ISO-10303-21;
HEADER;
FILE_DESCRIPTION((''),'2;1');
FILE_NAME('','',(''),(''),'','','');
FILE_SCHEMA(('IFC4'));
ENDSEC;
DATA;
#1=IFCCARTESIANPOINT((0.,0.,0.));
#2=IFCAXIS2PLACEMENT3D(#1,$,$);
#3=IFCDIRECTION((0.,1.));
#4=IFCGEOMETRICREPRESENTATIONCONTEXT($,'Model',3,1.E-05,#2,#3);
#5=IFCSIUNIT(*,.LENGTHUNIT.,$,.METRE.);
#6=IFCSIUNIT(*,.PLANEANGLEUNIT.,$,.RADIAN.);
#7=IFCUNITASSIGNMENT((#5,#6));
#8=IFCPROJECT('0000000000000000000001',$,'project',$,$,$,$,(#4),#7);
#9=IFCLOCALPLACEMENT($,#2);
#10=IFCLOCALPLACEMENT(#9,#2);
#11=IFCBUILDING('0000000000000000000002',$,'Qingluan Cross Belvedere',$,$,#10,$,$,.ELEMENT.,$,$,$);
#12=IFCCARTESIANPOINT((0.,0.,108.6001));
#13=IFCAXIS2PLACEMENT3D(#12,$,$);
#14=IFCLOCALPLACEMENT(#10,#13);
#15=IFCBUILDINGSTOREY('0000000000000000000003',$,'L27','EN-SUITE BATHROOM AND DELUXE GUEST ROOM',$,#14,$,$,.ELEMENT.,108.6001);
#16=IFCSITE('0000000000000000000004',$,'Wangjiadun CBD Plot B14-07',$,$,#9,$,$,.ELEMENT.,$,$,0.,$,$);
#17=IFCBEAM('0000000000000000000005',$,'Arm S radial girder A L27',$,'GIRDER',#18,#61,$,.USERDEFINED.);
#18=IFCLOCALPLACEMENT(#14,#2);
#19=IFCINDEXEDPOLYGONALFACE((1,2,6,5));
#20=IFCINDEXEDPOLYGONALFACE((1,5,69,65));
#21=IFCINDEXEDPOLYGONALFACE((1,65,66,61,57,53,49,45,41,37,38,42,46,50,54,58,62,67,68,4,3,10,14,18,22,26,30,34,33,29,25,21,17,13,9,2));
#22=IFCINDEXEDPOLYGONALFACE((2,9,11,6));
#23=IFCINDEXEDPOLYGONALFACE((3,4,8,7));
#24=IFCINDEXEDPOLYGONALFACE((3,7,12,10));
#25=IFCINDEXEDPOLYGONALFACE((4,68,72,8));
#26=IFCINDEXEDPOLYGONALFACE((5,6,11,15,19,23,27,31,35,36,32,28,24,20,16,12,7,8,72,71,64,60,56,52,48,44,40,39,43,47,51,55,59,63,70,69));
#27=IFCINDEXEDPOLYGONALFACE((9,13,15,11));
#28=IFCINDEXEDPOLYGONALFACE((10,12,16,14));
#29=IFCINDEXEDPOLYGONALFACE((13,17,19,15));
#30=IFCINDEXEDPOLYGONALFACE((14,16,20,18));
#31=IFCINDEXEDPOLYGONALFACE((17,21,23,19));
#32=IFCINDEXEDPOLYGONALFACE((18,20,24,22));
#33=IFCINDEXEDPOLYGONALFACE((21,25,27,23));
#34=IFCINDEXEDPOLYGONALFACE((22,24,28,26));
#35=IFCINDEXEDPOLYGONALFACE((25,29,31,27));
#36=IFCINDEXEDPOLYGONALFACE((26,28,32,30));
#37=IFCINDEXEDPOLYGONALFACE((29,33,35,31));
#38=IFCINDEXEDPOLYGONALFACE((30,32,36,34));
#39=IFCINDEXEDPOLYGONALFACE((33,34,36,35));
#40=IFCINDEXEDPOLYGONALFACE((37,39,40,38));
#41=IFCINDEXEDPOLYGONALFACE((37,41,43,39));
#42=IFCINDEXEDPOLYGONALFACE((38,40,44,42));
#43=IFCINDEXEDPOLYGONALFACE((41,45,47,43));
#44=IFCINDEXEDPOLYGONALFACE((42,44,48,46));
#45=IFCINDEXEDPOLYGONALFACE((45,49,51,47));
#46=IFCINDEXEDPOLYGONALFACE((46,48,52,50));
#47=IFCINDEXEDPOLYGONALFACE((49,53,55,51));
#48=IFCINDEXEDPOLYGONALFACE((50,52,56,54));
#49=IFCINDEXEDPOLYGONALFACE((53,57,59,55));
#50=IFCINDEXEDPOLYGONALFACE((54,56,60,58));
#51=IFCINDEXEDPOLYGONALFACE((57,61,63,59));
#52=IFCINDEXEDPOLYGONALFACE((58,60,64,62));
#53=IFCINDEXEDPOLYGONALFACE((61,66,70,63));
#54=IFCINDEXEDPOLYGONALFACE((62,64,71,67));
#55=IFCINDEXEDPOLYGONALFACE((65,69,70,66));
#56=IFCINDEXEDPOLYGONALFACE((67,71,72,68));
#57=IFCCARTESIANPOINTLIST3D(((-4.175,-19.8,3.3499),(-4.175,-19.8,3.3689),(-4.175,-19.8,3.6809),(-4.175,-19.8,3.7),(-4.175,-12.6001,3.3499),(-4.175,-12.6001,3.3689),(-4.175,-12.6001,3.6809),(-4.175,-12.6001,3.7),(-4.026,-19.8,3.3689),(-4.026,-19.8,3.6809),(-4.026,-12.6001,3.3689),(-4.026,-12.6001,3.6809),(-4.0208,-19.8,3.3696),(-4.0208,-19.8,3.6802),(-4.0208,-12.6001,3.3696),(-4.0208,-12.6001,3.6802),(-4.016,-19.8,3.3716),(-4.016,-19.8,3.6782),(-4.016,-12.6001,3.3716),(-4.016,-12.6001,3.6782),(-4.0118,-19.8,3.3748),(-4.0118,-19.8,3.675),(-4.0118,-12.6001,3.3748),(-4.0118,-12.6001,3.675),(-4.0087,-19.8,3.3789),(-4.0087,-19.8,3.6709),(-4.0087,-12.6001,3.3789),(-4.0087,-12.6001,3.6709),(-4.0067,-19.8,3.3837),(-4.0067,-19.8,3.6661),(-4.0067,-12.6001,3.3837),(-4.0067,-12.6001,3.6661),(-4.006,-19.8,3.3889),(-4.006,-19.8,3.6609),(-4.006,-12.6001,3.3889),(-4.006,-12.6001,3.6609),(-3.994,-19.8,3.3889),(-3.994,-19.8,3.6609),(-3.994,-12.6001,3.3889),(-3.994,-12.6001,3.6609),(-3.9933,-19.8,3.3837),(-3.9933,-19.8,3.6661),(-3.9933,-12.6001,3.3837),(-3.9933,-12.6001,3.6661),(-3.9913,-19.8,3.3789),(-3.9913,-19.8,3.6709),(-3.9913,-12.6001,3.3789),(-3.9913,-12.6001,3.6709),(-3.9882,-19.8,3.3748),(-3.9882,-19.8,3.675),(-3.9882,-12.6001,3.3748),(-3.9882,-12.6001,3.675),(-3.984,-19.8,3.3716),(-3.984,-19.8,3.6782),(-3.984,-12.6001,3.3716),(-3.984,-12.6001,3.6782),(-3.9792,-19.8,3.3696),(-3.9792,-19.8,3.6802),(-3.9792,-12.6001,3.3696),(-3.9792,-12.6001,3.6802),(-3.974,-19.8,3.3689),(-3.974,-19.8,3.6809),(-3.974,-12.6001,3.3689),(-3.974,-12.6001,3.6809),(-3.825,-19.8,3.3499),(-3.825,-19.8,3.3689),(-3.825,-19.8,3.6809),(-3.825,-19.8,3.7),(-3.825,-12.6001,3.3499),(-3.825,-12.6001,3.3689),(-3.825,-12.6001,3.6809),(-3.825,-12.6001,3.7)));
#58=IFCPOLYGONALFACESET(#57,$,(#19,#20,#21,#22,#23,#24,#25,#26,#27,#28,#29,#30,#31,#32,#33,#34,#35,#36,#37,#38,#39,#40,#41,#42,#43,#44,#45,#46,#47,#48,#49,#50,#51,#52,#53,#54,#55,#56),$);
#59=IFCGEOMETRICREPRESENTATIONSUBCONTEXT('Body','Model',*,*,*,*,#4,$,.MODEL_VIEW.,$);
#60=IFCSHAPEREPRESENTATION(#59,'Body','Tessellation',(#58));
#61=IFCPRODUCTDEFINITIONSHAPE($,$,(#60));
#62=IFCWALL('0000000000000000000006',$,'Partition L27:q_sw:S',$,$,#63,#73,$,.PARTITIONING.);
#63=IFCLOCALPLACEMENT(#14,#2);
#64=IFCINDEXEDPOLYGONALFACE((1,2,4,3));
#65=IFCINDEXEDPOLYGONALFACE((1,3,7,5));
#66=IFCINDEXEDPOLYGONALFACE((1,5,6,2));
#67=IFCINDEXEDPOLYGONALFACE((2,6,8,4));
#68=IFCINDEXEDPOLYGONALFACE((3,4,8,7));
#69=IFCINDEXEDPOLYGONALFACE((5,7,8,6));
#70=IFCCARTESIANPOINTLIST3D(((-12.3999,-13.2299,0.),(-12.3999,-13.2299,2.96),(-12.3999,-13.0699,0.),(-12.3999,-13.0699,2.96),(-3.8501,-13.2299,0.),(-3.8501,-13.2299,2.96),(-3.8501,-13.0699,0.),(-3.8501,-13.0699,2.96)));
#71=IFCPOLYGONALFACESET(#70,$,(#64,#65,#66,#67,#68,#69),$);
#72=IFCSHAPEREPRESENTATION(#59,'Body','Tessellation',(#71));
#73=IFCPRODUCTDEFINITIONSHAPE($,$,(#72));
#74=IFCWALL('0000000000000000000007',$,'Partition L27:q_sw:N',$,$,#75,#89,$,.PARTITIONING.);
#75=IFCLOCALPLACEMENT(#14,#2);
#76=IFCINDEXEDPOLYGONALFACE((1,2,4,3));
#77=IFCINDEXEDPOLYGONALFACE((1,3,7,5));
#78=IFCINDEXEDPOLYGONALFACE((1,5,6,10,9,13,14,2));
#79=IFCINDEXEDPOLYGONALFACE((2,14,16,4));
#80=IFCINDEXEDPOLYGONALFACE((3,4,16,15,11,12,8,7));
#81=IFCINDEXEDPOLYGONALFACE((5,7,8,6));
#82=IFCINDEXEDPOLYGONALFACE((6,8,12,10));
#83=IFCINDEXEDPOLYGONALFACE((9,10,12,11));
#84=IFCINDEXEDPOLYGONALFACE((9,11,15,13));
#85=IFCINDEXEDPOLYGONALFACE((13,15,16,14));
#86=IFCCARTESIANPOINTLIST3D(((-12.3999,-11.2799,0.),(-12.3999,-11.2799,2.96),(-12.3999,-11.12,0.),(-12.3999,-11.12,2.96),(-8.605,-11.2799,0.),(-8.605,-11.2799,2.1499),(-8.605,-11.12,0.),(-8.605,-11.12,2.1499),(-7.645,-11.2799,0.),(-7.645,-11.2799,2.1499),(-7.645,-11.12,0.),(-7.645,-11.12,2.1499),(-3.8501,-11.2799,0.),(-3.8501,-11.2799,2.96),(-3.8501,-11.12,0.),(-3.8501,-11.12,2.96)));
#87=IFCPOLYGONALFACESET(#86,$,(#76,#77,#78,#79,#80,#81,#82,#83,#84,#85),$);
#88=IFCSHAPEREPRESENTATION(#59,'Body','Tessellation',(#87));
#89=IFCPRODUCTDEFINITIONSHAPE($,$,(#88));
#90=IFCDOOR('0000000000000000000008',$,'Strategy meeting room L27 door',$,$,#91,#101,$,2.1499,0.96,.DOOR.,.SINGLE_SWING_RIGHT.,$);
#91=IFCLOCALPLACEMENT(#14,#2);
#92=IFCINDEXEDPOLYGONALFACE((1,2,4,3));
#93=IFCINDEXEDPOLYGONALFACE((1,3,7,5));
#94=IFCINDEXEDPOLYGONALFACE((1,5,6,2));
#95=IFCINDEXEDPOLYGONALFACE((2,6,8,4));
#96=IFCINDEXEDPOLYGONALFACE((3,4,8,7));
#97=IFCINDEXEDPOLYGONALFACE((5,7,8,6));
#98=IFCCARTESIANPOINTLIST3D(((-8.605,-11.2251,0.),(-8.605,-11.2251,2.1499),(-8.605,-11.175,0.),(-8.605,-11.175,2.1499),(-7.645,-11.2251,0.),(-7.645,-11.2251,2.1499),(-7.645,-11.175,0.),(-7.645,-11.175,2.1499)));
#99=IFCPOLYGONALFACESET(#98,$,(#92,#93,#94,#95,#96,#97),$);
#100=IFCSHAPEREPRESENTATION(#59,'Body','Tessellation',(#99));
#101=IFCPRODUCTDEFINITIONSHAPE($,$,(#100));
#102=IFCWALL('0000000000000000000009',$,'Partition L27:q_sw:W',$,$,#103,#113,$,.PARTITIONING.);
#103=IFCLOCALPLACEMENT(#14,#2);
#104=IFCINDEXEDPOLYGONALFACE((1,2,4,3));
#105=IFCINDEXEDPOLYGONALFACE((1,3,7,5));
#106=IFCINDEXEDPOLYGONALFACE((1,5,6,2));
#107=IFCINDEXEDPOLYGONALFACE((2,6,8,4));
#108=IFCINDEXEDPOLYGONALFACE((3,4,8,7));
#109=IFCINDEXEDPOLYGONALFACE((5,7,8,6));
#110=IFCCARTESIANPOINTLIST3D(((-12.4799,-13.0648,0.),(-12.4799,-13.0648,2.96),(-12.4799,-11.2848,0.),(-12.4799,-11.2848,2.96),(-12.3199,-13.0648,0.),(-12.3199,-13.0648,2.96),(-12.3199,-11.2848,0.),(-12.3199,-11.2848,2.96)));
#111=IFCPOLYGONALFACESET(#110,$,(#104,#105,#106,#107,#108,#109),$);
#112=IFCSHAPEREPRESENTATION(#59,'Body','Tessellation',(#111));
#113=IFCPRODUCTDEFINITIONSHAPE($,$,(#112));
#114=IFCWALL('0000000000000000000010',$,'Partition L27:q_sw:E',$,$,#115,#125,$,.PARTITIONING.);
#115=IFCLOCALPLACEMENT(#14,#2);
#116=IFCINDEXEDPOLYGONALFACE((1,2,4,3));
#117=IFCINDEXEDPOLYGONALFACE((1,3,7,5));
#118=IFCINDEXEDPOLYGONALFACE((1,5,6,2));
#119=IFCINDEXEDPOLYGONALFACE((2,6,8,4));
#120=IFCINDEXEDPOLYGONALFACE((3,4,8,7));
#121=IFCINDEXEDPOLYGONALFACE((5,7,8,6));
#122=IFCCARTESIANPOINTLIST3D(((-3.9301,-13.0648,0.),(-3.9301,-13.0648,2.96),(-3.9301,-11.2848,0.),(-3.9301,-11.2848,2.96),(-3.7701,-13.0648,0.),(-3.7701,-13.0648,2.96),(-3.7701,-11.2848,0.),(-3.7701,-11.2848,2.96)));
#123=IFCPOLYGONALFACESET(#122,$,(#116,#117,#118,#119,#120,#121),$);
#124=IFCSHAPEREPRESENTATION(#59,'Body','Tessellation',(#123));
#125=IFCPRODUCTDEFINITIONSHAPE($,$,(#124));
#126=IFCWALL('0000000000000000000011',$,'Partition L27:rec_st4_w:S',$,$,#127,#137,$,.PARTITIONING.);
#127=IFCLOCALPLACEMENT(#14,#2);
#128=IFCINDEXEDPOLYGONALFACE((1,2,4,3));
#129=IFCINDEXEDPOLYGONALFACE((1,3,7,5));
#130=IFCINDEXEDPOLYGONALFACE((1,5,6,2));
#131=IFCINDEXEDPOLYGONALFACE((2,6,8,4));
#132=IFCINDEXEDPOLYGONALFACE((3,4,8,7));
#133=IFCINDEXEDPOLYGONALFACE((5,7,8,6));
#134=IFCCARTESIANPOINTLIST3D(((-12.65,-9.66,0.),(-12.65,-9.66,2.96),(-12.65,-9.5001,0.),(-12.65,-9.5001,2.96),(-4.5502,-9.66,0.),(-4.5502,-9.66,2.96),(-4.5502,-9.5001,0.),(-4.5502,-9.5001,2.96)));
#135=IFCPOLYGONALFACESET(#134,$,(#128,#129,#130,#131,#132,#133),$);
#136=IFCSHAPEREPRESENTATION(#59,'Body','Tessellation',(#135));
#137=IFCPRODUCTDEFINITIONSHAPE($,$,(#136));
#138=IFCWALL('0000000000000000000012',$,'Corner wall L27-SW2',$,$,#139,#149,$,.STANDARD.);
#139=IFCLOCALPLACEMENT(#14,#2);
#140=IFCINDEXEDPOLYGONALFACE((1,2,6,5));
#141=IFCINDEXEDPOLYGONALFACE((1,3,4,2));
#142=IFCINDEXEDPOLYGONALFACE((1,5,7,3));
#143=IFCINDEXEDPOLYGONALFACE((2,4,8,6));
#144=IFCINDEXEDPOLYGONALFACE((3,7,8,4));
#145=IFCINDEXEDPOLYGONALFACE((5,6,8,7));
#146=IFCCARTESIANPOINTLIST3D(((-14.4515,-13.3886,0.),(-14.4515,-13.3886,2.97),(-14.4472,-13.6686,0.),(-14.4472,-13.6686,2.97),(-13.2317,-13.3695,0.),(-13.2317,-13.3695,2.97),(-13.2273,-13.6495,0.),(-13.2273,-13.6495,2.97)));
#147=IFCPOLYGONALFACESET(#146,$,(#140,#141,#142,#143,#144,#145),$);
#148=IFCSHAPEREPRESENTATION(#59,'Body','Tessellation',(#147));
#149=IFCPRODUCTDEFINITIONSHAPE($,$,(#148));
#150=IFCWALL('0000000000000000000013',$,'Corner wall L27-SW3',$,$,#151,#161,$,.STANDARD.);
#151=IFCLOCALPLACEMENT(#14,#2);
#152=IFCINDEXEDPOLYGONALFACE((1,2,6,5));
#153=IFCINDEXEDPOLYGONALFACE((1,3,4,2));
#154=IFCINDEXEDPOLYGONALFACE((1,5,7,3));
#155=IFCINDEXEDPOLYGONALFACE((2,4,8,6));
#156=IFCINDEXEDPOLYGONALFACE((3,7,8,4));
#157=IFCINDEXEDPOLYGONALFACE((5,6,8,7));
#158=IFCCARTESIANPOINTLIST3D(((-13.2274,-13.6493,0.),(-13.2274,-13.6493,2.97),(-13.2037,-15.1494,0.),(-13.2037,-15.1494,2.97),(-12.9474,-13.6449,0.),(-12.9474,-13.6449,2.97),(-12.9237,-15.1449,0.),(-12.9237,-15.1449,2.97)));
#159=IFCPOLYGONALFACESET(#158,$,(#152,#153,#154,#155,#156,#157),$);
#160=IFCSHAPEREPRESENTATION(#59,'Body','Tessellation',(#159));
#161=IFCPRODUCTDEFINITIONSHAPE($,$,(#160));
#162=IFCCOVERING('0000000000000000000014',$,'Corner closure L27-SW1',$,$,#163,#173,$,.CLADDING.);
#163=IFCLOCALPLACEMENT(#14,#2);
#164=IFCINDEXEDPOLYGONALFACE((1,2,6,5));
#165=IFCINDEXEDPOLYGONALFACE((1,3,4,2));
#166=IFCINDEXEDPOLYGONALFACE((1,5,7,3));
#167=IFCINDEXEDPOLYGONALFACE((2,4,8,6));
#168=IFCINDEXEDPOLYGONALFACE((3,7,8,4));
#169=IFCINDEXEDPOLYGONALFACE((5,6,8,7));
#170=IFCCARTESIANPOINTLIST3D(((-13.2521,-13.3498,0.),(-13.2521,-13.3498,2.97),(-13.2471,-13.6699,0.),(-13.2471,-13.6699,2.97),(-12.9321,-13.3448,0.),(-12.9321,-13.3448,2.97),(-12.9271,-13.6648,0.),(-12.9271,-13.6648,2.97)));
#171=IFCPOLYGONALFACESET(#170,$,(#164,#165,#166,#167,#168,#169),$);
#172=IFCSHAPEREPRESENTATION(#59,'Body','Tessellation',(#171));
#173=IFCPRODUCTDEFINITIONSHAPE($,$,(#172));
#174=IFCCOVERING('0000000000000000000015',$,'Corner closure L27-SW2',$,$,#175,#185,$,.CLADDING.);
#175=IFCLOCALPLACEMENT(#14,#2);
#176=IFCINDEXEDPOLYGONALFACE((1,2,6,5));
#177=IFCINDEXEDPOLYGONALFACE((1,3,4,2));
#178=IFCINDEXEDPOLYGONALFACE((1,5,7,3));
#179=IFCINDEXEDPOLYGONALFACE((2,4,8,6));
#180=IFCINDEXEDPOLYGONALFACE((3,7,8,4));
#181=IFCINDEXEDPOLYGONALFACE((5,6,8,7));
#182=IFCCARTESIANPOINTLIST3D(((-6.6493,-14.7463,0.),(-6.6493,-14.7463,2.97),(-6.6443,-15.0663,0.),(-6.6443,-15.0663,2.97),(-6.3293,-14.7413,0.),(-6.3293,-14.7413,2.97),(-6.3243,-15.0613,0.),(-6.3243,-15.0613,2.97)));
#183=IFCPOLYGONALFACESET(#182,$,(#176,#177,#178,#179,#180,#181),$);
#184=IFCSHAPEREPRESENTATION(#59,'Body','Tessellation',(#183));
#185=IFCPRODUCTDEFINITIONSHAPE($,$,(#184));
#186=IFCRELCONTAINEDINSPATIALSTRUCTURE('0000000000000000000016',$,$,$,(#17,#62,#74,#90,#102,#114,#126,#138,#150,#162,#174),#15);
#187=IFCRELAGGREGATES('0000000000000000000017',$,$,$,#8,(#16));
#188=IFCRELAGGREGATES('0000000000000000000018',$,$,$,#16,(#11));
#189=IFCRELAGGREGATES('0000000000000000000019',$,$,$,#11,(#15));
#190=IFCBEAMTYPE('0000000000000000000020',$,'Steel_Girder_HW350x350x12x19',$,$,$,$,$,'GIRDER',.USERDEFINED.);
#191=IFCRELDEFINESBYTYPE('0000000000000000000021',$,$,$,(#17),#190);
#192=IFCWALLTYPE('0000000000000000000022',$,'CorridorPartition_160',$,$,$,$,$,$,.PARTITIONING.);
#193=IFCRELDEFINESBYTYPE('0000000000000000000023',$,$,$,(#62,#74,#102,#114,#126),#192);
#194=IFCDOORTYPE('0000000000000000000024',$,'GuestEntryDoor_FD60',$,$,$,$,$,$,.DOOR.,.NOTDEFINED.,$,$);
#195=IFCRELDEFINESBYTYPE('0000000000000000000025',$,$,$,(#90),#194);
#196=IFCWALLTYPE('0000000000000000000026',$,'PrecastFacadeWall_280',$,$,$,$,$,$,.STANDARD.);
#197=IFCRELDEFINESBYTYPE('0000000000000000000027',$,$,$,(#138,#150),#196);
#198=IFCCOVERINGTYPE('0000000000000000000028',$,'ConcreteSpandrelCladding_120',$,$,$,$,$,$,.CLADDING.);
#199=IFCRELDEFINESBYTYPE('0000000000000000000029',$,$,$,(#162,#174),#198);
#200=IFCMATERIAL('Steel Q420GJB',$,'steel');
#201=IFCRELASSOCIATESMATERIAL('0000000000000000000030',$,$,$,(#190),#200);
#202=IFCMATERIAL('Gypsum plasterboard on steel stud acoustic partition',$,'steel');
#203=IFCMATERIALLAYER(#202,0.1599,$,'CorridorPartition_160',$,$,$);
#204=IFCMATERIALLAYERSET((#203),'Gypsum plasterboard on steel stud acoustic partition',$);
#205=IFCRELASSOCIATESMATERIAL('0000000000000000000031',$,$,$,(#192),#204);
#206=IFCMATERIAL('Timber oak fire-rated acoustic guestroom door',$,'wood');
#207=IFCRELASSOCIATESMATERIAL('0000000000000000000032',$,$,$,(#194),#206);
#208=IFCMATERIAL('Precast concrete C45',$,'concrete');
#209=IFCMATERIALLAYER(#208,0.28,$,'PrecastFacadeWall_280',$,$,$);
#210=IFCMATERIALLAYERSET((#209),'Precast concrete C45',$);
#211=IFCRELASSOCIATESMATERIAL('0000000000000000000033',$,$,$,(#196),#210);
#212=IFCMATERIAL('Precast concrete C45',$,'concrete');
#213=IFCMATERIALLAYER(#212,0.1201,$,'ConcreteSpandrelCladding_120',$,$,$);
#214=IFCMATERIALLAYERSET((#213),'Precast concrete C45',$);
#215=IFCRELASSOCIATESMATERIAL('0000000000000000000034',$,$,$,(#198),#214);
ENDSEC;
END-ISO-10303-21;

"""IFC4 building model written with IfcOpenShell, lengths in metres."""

from ifc_helpers import new_model, si_unit, direction, frame, frame_2d, origin, origin_2d, place, context, subcontext, project, spatial, rectangle, i_section, extrude, material, layer, layer_set, material_profile, profile_set, type_object, element, fill, save


model = new_model("IFC4")

# Units and contexts
model_context = context("Model", 3, precision=1e-05, world=origin(), true_north=direction((0.0, 1.0)))
body_context = subcontext(model_context, "Body", "Model", "MODEL_VIEW")
ifc_project = project(units=[si_unit("LENGTHUNIT", "METRE"), si_unit("PLANEANGLEUNIT", "RADIAN")], contexts=[model_context])

# Site, building, storey
site_placement = place(None, origin())
site = spatial("IfcSite", under=ifc_project, at=site_placement, Name="Wangjiadun CBD Plot B14-07", CompositionType="ELEMENT", RefElevation=0.0)
building_placement = place(site_placement, origin())
building = spatial("IfcBuilding", under=site, at=building_placement, Name="Qingluan Cross Belvedere", CompositionType="ELEMENT")
storey_placement = place(building_placement, frame((0.0, 0.0, 108.6001)))
storey = spatial("IfcBuildingStorey", under=building, at=storey_placement, Name="L27", Description="EN-SUITE BATHROOM AND DELUXE GUEST ROOM", CompositionType="ELEMENT", Elevation=108.6001)

# Beam
ifc_material_1 = material(Name="Steel Q420GJB", Category="steel")
ifc_material_profile_1 = material_profile(ifc_material_1, i_section(OverallWidth=0.3501, OverallDepth=0.3501, WebThickness=0.012, FlangeThickness=0.019, FilletRadius=0.02, at=origin_2d()), Name="HW350x350x12x19")
ifc_profile_set_1 = profile_set([ifc_material_profile_1], Name="Steel Q420GJB")
beam_type_1 = type_object("IfcBeamType", Name="Steel_Girder_HW350x350x12x19", ElementType="GIRDER", PredefinedType="USERDEFINED", material=ifc_profile_set_1)
beam_1_placement = place(storey_placement, frame((-4.0, -12.6001, 3.5249), z_axis=(0.0, -1.0, 0.0), x_axis=(1.0, 0.0, 0.0)))
element("IfcBeam", 1, at=beam_1_placement, inside=storey, type_object=beam_type_1, Name="Arm S radial girder A L27", ObjectType="GIRDER", PredefinedType="USERDEFINED", context=body_context, shape_type="SweptSolid", body=[
    extrude(i_section(OverallWidth=0.3501, OverallDepth=0.3501, WebThickness=0.012, FlangeThickness=0.019, FilletRadius=0.02, at=origin_2d()), origin(), (0.0, 0.0, 1.0), 7.2),
])

# Wall
ifc_material_2 = material(Name="Gypsum plasterboard on steel stud acoustic partition", Category="steel")
ifc_layer_1 = layer(ifc_material_2, 0.1599, Name="CorridorPartition_160")
ifc_layer_set_1 = layer_set([ifc_layer_1], Name="Gypsum plasterboard on steel stud acoustic partition")
wall_type_1 = type_object("IfcWallType", Name="CorridorPartition_160", PredefinedType="PARTITIONING", material=ifc_layer_set_1)
wall_1_placement = place(storey_placement, frame((-12.3999, -13.1499, 0.0), z_axis=(0.0, 0.0, 1.0), x_axis=(1.0, 0.0, 0.0)))
element("IfcWall", 2, at=wall_1_placement, inside=storey, type_object=wall_type_1, Name="Partition L27:q_sw:S", PredefinedType="PARTITIONING", context=body_context, shape_type="SweptSolid", body=[
    extrude(rectangle(XDim=8.5498, YDim=0.1599, at=frame_2d((4.2749, 0.0))), origin(), (0.0, 0.0, 1.0), 2.96),
])

# Wall, opening, door
wall_2_placement = place(storey_placement, frame((-12.3999, -11.2, 0.0), z_axis=(0.0, 0.0, 1.0), x_axis=(1.0, 0.0, 0.0)))
wall_2 = element("IfcWall", 3, at=wall_2_placement, inside=storey, type_object=wall_type_1, Name="Partition L27:q_sw:N", PredefinedType="PARTITIONING", context=body_context, shape_type="SweptSolid", body=[
    extrude(rectangle(XDim=8.5498, YDim=0.1599, at=frame_2d((4.2749, 0.0))), origin(), (0.0, 0.0, 1.0), 2.96),
])
opening_placement = place(wall_2_placement, frame((3.7949, 0.0, 0.0)))
opening = element("IfcOpeningElement", 4, at=opening_placement, cuts=wall_2, PredefinedType="OPENING", context=body_context, shape_type="SweptSolid", body=[
    extrude(rectangle(XDim=0.96, YDim=2.1499, at=frame_2d((0.48, 1.075))), frame((0.0, 0.0898, 0.0), z_axis=(0.0, -1.0, 0.0), x_axis=(1.0, 0.0, 0.0)), (0.0, 0.0, 1.0), 0.1799),
])
ifc_material_3 = material(Name="Timber oak fire-rated acoustic guestroom door", Category="wood")
door_type = type_object("IfcDoorType", Name="GuestEntryDoor_FD60", OperationType="NOTDEFINED", PredefinedType="DOOR", material=ifc_material_3)
door_placement = place(opening_placement, origin())
door = element("IfcDoor", 5, at=door_placement, inside=storey, type_object=door_type, Name="Strategy meeting room L27 door", OperationType="SINGLE_SWING_RIGHT", OverallHeight=2.1499, OverallWidth=0.96, PredefinedType="DOOR", context=body_context, shape_type="SweptSolid", body=[
    extrude(rectangle(XDim=0.96, YDim=2.1499, at=frame_2d((0.48, 1.075))), frame((0.0, 0.0249, 0.0), z_axis=(0.0, -1.0, 0.0), x_axis=(1.0, 0.0, 0.0)), (0.0, 0.0, 1.0), 0.05),
])
fill(opening, door)

# Walls
for number, where, z_axis, x_axis, name in (
    (6, (-12.3999, -13.0649, 0.0), (0.0, 0.0, 1.0), (0.0, 1.0, 0.0), "Partition L27:q_sw:W"),
    (7, (-3.8501, -13.0649, 0.0), (0.0, 0.0, 1.0), (0.0, 1.0, 0.0), "Partition L27:q_sw:E"),
):
    element("IfcWall", number, at=place(storey_placement, frame(where, z_axis=z_axis, x_axis=x_axis)), inside=storey, type_object=wall_type_1, Name=name, PredefinedType="PARTITIONING", context=body_context, shape_type="SweptSolid", body=[
        extrude(rectangle(XDim=1.78, YDim=0.1599, at=frame_2d((0.8901, 0.0))), origin(), (0.0, 0.0, 1.0), 2.96),
    ])
wall_3_placement = place(storey_placement, frame((-12.6499, -9.5801, 0.0), z_axis=(0.0, 0.0, 1.0), x_axis=(1.0, 0.0, 0.0)))
element("IfcWall", 8, at=wall_3_placement, inside=storey, type_object=wall_type_1, Name="Partition L27:rec_st4_w:S", PredefinedType="PARTITIONING", context=body_context, shape_type="SweptSolid", body=[
    extrude(rectangle(XDim=8.0999, YDim=0.1599, at=frame_2d((4.0498, 0.0))), origin(), (0.0, 0.0, 1.0), 2.96),
])
ifc_material_4 = material(Name="Precast concrete C45", Category="concrete")
ifc_layer_2 = layer(ifc_material_4, 0.28, Name="PrecastFacadeWall_280")
ifc_layer_set_2 = layer_set([ifc_layer_2], Name="Precast concrete C45")
wall_type_2 = type_object("IfcWallType", Name="PrecastFacadeWall_280", PredefinedType="STANDARD", material=ifc_layer_set_2)
wall_4_placement = place(storey_placement, frame((-14.4492, -13.5286, 0.0), z_axis=(0.0, 0.0, 1.0), x_axis=(0.999878, 0.015611, 0.0)))
element("IfcWall", 9, at=wall_4_placement, inside=storey, type_object=wall_type_2, Name="Corner wall L27-SW2", PredefinedType="STANDARD", context=body_context, shape_type="SweptSolid", body=[
    extrude(rectangle(XDim=1.22, YDim=0.28, at=frame_2d((0.6099, 0.0))), origin(), (0.0, 0.0, 1.0), 2.97),
])
wall_5_placement = place(storey_placement, frame((-13.0874, -13.6472, 0.0), z_axis=(0.0, 0.0, 1.0), x_axis=(0.015786, -0.999875, 0.0)))
element("IfcWall", 10, at=wall_5_placement, inside=storey, type_object=wall_type_2, Name="Corner wall L27-SW3", PredefinedType="STANDARD", context=body_context, shape_type="SweptSolid", body=[
    extrude(rectangle(XDim=1.5002, YDim=0.28, at=frame_2d((0.75, 0.0))), origin(), (0.0, 0.0, 1.0), 2.97),
])

# Coverings
ifc_material_5 = material(Name="Precast concrete C45", Category="concrete")
ifc_layer_3 = layer(ifc_material_5, 0.1201, Name="ConcreteSpandrelCladding_120")
ifc_layer_set_3 = layer_set([ifc_layer_3], Name="Precast concrete C45")
covering_type_1 = type_object("IfcCoveringType", Name="ConcreteSpandrelCladding_120", PredefinedType="CLADDING", material=ifc_layer_set_3)
for number, where, z_axis, x_axis, name in (
    (11, (-13.0896, -13.5073, 0.0), (0.0, 0.0, 1.0), (0.999877, 0.015707, 0.0), "Corner closure L27-SW1"),
    (12, (-6.4868, -14.9038, 0.0), (0.0, 0.0, 1.0), (0.999877, 0.015707, 0.0), "Corner closure L27-SW2"),
):
    element("IfcCovering", number, at=place(storey_placement, frame(where, z_axis=z_axis, x_axis=x_axis)), inside=storey, type_object=covering_type_1, Name=name, PredefinedType="CLADDING", context=body_context, shape_type="SweptSolid", body=[
        extrude(rectangle(XDim=0.3201, YDim=0.3201, at=origin_2d()), origin(), (0.0, 0.0, 1.0), 2.97),
    ])

save(model, "model.ifc")
